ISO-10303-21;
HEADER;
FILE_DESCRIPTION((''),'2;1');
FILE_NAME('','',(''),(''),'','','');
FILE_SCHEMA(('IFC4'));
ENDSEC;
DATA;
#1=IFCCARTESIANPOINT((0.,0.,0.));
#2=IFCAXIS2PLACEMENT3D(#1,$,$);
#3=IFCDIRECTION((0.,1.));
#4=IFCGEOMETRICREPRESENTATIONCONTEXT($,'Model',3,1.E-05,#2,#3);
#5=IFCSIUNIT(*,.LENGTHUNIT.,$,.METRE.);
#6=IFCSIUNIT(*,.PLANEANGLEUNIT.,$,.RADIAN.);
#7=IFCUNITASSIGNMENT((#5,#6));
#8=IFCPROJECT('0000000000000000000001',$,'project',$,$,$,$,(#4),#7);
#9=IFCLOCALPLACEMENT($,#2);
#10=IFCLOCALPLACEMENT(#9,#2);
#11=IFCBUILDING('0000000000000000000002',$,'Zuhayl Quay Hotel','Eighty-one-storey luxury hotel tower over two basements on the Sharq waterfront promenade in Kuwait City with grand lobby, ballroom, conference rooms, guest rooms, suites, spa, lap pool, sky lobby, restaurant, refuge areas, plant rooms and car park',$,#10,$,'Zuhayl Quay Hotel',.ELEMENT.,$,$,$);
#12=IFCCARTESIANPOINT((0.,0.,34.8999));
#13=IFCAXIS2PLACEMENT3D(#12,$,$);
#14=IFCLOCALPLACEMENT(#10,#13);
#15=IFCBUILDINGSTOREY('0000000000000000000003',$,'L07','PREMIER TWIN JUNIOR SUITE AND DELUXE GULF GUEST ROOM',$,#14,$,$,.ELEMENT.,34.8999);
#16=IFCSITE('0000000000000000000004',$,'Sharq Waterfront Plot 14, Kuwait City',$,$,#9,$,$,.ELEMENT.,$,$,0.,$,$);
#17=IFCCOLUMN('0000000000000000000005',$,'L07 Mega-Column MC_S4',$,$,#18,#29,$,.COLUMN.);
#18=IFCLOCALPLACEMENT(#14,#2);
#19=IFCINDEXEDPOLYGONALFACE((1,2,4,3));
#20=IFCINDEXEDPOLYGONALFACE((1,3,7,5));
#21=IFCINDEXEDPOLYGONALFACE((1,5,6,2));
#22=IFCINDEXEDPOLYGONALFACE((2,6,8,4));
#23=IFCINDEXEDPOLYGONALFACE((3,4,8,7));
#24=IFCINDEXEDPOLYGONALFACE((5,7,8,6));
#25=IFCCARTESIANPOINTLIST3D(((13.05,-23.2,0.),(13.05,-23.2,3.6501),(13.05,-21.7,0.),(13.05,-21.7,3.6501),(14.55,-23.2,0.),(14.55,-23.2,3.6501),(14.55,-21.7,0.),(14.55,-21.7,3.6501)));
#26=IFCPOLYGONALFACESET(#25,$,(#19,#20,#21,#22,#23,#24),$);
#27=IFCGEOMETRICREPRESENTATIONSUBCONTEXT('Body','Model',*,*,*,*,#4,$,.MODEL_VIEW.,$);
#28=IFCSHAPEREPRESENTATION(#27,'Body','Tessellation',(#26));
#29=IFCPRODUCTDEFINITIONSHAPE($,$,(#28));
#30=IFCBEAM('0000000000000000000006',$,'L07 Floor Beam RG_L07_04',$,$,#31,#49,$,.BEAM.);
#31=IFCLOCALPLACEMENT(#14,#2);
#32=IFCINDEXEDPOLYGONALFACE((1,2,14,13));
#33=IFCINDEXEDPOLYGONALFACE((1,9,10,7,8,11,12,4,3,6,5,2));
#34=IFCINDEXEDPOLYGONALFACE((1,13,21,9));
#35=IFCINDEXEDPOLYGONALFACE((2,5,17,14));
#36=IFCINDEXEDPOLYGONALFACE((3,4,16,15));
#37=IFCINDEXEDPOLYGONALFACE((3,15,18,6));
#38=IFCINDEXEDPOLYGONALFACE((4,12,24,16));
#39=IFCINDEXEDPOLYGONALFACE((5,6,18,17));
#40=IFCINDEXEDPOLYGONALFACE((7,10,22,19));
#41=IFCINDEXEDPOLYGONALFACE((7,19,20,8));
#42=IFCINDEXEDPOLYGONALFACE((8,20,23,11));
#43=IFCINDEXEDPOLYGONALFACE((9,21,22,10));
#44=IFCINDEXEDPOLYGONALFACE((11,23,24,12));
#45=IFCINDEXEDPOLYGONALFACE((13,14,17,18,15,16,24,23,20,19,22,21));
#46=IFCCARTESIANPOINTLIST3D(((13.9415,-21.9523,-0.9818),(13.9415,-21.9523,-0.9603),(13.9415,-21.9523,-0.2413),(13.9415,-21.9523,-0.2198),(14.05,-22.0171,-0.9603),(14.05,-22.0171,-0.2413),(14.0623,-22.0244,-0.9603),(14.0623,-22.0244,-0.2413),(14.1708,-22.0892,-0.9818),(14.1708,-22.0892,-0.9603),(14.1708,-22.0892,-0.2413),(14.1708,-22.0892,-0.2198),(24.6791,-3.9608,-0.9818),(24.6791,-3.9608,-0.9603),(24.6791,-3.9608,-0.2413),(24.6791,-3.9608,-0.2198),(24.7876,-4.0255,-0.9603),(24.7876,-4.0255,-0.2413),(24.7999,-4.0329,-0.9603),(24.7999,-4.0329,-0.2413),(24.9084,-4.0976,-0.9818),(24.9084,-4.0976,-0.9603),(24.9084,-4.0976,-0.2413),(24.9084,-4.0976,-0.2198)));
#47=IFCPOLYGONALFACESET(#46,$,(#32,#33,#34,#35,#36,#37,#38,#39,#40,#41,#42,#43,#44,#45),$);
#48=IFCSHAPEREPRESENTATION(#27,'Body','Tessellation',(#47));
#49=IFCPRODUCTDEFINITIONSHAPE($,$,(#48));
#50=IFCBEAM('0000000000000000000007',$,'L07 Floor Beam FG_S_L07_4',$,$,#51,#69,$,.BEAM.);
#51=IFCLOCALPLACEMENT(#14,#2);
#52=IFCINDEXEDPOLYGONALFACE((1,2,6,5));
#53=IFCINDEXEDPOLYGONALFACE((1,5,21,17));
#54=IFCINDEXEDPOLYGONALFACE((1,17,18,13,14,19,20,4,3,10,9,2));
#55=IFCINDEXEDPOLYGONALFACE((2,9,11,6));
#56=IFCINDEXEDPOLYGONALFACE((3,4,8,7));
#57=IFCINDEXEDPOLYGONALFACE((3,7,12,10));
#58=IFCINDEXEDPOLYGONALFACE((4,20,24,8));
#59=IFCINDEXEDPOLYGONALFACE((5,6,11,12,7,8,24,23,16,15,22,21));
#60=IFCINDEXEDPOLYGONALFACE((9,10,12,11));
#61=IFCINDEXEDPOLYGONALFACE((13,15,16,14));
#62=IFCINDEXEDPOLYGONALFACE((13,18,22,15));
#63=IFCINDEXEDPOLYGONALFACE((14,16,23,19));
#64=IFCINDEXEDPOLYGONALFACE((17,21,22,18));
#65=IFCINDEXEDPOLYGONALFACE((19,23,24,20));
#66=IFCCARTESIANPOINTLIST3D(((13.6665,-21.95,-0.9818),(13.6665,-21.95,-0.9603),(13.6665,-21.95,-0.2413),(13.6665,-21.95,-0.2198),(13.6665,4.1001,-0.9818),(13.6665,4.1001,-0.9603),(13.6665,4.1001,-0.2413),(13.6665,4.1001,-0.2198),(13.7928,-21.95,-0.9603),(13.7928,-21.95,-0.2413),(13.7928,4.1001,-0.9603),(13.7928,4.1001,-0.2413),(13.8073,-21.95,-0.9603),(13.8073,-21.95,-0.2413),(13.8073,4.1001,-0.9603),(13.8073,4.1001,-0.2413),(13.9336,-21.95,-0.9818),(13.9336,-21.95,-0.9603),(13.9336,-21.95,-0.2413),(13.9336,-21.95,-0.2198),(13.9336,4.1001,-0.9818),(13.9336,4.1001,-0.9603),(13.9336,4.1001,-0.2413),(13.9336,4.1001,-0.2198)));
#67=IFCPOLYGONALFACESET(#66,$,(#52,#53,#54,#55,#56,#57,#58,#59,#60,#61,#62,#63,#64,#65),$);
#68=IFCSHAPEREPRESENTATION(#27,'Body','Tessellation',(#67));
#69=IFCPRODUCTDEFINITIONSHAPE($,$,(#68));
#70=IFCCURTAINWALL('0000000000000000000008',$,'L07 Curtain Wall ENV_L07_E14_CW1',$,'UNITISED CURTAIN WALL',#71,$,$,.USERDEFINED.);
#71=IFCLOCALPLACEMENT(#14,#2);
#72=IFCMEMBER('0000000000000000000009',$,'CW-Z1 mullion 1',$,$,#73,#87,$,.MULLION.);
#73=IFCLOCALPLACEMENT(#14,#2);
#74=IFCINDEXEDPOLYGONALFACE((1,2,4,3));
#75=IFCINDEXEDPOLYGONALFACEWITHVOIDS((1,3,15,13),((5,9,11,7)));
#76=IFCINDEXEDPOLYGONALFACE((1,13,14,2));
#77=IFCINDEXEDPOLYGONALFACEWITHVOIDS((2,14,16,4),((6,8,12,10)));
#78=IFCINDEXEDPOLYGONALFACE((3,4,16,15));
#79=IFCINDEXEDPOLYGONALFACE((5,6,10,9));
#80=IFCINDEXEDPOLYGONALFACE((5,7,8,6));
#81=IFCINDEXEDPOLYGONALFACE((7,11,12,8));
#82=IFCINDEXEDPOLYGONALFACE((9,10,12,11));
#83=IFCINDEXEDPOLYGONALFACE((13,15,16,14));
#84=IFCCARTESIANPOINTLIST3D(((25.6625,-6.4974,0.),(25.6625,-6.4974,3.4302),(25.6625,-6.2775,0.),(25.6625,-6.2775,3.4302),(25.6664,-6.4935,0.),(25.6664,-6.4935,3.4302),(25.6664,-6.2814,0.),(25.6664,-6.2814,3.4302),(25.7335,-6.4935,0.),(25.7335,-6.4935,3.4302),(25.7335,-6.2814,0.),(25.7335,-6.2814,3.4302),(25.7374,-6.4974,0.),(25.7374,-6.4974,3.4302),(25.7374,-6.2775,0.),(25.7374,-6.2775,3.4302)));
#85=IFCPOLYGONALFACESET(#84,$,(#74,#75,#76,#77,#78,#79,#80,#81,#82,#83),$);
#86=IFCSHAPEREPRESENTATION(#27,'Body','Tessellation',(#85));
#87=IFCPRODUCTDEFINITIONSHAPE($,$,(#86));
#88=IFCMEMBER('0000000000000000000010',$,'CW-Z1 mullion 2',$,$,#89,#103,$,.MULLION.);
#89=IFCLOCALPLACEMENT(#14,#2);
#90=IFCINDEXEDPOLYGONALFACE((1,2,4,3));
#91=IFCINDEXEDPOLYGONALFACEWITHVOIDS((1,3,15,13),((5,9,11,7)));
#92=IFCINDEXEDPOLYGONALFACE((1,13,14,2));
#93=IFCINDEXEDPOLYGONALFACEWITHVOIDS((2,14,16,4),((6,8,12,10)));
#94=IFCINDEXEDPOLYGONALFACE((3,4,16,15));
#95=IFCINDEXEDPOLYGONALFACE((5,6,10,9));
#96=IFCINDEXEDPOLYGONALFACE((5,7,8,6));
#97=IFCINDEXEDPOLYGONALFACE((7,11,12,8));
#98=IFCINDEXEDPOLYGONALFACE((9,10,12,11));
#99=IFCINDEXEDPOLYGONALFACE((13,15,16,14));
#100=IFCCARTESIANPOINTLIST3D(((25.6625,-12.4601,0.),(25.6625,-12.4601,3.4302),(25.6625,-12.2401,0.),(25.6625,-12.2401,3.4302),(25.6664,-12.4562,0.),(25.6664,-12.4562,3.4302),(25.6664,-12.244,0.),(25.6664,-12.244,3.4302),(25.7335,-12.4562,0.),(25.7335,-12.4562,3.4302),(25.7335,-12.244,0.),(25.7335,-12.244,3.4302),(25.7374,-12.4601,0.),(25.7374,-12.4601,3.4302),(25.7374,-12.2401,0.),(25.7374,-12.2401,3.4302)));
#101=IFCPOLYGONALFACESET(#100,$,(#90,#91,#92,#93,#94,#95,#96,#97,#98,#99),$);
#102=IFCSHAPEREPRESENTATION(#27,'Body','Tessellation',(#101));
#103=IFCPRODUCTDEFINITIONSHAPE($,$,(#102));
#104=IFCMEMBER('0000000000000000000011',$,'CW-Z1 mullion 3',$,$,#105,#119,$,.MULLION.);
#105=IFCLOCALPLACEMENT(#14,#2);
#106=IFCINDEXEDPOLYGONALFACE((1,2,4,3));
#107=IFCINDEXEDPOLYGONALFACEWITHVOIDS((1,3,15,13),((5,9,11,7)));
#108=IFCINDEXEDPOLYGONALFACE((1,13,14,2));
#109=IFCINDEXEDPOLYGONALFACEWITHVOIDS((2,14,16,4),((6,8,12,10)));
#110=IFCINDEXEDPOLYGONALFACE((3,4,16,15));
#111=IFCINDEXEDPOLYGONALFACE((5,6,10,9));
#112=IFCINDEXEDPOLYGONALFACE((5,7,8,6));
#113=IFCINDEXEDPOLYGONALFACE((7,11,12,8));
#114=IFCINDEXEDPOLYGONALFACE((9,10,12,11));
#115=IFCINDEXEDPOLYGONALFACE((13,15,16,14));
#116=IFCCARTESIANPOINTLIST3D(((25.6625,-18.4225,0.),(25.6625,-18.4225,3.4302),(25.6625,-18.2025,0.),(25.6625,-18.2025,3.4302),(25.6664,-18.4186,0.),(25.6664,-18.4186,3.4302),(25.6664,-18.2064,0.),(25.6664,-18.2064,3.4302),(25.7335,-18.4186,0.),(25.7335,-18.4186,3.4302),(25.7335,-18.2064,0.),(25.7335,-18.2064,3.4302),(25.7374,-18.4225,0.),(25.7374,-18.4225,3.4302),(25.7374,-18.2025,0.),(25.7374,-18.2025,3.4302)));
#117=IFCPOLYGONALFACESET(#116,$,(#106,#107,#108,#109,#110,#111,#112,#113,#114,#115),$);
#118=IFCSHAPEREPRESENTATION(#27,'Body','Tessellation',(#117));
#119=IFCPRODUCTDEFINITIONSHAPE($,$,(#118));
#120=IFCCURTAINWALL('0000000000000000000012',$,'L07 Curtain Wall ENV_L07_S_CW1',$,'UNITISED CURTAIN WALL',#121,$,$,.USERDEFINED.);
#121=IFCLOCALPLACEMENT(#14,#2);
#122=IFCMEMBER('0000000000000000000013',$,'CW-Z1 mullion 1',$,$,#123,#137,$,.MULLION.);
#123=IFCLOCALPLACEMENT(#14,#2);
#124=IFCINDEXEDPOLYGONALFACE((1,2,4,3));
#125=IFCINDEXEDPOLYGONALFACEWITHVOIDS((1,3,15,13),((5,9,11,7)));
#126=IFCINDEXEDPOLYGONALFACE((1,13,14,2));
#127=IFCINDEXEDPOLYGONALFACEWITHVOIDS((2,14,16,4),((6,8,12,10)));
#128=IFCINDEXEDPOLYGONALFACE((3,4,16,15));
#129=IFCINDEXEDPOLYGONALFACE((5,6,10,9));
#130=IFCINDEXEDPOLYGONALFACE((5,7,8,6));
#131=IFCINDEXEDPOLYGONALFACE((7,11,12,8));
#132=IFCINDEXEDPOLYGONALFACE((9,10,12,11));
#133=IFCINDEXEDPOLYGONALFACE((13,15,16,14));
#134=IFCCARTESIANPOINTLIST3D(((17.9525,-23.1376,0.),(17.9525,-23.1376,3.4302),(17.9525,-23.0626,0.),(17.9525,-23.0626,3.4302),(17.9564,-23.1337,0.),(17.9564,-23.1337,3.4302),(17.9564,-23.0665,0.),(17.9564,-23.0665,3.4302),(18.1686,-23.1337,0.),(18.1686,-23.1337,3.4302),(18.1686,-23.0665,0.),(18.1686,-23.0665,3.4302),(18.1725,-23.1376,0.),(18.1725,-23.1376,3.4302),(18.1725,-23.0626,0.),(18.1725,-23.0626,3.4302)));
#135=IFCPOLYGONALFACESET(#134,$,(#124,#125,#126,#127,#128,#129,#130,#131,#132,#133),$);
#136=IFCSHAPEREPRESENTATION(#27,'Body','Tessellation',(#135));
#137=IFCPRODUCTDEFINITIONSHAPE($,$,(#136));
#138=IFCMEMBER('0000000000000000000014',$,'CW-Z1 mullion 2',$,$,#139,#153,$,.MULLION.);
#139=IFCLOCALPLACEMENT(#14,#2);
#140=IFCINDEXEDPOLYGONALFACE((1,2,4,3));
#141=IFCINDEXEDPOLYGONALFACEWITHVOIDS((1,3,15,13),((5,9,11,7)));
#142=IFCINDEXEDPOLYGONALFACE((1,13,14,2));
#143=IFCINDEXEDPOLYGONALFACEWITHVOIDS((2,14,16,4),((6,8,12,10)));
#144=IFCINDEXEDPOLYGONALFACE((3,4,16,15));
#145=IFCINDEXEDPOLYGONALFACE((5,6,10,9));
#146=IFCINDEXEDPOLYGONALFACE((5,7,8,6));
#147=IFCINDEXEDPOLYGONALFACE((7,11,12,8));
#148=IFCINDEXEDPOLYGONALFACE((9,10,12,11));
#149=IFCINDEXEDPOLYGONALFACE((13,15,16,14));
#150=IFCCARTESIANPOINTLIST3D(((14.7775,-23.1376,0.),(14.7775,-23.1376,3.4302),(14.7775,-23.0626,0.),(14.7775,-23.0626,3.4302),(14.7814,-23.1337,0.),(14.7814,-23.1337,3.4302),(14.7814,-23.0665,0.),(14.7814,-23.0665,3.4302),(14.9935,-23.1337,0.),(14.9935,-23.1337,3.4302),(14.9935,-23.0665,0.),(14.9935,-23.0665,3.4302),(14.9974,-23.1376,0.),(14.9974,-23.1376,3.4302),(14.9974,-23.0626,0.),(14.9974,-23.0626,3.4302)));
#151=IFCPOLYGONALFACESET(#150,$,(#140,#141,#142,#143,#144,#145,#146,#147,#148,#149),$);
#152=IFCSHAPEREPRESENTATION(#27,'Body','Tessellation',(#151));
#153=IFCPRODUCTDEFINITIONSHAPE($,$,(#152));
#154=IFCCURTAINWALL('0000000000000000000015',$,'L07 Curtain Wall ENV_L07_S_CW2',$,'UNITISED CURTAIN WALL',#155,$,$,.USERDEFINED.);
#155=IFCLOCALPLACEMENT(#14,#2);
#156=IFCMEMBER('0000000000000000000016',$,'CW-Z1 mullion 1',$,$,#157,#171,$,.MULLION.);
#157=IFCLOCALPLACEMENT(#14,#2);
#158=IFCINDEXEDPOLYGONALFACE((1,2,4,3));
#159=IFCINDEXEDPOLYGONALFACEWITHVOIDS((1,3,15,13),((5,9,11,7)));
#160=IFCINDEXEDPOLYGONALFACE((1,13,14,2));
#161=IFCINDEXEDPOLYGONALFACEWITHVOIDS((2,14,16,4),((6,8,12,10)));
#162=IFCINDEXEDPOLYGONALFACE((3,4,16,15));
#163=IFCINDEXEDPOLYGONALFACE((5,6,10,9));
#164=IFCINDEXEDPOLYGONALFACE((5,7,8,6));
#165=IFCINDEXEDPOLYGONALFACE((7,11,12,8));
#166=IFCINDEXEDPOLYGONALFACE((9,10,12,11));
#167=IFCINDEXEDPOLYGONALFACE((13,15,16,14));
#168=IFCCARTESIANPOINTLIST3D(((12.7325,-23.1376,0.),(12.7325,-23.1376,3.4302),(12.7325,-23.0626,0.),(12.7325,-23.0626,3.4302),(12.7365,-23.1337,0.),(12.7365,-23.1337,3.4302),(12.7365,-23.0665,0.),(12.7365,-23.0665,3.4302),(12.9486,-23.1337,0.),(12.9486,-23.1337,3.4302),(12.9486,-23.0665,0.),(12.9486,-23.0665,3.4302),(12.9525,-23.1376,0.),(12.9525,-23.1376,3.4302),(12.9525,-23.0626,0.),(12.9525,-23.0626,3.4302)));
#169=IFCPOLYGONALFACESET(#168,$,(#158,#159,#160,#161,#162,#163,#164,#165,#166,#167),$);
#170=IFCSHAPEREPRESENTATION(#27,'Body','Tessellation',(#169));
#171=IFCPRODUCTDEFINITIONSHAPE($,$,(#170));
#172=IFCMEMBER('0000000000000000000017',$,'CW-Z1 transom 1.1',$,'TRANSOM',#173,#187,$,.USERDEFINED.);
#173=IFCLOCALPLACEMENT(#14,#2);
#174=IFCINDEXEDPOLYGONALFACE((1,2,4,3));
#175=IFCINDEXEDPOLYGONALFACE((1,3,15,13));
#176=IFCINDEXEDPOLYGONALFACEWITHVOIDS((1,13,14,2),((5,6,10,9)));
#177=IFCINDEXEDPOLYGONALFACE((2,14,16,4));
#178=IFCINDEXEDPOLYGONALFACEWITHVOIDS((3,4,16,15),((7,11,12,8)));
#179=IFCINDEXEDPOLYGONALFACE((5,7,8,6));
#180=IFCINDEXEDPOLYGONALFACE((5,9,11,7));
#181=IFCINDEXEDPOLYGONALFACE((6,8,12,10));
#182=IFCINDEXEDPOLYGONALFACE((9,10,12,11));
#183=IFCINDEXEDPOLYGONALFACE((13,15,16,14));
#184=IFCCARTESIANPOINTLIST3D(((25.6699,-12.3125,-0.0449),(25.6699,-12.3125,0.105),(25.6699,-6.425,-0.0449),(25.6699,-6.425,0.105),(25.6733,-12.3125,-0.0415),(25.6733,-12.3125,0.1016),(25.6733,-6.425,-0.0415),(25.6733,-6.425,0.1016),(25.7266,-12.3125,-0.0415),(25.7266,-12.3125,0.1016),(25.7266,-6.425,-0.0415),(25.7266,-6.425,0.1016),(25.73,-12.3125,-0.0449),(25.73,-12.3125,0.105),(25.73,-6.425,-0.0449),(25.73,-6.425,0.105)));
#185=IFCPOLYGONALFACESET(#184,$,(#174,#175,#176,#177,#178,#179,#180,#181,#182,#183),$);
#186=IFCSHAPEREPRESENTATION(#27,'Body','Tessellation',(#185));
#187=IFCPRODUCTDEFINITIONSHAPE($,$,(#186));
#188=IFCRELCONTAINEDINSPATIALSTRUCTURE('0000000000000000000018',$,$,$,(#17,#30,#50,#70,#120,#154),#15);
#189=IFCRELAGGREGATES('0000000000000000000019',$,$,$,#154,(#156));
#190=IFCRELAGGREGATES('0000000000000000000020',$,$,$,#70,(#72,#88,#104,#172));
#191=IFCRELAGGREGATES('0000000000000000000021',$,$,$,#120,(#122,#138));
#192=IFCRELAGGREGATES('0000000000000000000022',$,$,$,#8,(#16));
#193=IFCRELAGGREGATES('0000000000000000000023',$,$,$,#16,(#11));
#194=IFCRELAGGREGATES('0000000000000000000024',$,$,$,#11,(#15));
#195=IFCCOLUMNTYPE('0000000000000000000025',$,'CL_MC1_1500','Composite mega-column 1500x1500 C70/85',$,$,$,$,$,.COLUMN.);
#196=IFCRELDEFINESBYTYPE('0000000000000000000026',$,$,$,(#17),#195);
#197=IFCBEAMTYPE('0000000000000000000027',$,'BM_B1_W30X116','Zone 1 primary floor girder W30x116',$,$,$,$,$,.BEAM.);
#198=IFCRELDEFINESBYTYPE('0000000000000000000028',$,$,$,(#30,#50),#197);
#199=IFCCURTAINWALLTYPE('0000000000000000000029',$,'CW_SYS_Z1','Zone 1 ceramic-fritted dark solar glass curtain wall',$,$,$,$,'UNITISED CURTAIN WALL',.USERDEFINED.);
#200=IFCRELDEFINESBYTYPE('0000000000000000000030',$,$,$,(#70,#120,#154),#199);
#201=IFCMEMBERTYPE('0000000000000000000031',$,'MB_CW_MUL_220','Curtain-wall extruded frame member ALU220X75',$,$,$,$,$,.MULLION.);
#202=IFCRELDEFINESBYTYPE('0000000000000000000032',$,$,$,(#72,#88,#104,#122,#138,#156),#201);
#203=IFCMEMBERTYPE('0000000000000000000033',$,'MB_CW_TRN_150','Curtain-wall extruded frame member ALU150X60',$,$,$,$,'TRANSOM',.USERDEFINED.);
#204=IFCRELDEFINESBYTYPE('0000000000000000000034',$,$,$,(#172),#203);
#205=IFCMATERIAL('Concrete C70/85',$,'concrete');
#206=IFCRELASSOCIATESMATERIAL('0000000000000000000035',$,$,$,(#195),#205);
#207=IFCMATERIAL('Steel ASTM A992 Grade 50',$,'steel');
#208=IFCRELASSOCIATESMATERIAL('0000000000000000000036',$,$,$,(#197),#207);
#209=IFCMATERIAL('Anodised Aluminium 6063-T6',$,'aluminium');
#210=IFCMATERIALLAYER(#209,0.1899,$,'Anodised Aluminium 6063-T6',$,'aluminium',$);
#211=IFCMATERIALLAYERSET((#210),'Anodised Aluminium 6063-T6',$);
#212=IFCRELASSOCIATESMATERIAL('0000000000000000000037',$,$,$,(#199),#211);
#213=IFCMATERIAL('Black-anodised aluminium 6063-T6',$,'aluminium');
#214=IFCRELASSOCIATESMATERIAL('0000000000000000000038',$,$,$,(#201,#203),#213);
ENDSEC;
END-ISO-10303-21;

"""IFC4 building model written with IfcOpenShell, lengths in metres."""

from ifc_helpers import new_model, si_unit, direction, frame, origin, origin_2d, place, context, subcontext, project, spatial, rectangle, hollow_rectangle, i_section, extrude, material, layer, layer_set, material_profile, profile_set, type_object, element, aggregate, save


model = new_model("IFC4")

# Units and contexts
model_context = context("Model", 3, precision=1e-05, world=origin(), true_north=direction((0.0, 1.0)))
body_context = subcontext(model_context, "Body", "Model", "MODEL_VIEW")
ifc_project = project(units=[si_unit("LENGTHUNIT", "METRE"), si_unit("PLANEANGLEUNIT", "RADIAN")], contexts=[model_context])

# Site, building, storey
site_placement = place(None, origin())
site = spatial("IfcSite", under=ifc_project, at=site_placement, Name="Sharq Waterfront Plot 14, Kuwait City", CompositionType="ELEMENT", RefElevation=0.0)
building_placement = place(site_placement, origin())
building = spatial("IfcBuilding", under=site, at=building_placement, Name="Zuhayl Quay Hotel", Description="Eighty-one-storey luxury hotel tower over two basements on the Sharq waterfront promenade in Kuwait City with grand lobby, ballroom, conference rooms, guest rooms, suites, spa, lap pool, sky lobby, restaurant, refuge areas, plant rooms and car park", LongName="Zuhayl Quay Hotel", CompositionType="ELEMENT")
storey_placement = place(building_placement, frame((0.0, 0.0, 34.8999)))
storey = spatial("IfcBuildingStorey", under=building, at=storey_placement, Name="L07", Description="PREMIER TWIN JUNIOR SUITE AND DELUXE GULF GUEST ROOM", CompositionType="ELEMENT", Elevation=34.8999)

# Column
ifc_material_1 = material(Name="Concrete C70/85", Category="concrete")
ifc_material_profile_1 = material_profile(ifc_material_1, rectangle(XDim=1.5, YDim=1.5, at=origin_2d()), Name="RC1500X1500")
ifc_profile_set_1 = profile_set([ifc_material_profile_1], Name="Concrete C70/85")
column_type = type_object("IfcColumnType", Name="CL_MC1_1500", Description="Composite mega-column 1500x1500 C70/85", PredefinedType="COLUMN", material=ifc_profile_set_1)
column_placement = place(storey_placement, frame((13.8, -22.45, 0.0), z_axis=(0.0, 0.0, 1.0), x_axis=(1.0, 0.0, 0.0)))
element("IfcColumn", 1, at=column_placement, inside=storey, type_object=column_type, Name="L07 Mega-Column MC_S4", PredefinedType="COLUMN", context=body_context, shape_type="SweptSolid", body=[
    extrude(rectangle(XDim=1.5, YDim=1.5, at=origin_2d()), origin(), (0.0, 0.0, 1.0), 3.6501),
])

# Beams
ifc_material_2 = material(Name="Steel ASTM A992 Grade 50", Category="steel")
ifc_material_profile_2 = material_profile(ifc_material_2, i_section(OverallWidth=0.2671, OverallDepth=0.762, WebThickness=0.0144, FlangeThickness=0.0215, at=origin_2d()), Name="W30X116")
ifc_profile_set_2 = profile_set([ifc_material_profile_2], Name="Steel ASTM A992 Grade 50")
beam_type = type_object("IfcBeamType", Name="BM_B1_W30X116", Description="Zone 1 primary floor girder W30x116", PredefinedType="BEAM", material=ifc_profile_set_2)
beam_1_placement = place(storey_placement, frame((14.0562, -22.0208, -0.6008), z_axis=(0.512483, 0.858698, 0.0), x_axis=(-0.858698, 0.512483, 0.0)))
element("IfcBeam", 2, at=beam_1_placement, inside=storey, type_object=beam_type, Name="L07 Floor Beam RG_L07_04", PredefinedType="BEAM", context=body_context, shape_type="SweptSolid", body=[
    extrude(i_section(OverallWidth=0.2671, OverallDepth=0.762, WebThickness=0.0144, FlangeThickness=0.0215, at=origin_2d()), origin(), (0.0, 0.0, 1.0), 20.9521),
])
beam_2_placement = place(storey_placement, frame((13.8, -21.95, -0.6008), z_axis=(0.0, 1.0, 0.0), x_axis=(-1.0, 0.0, 0.0)))
element("IfcBeam", 3, at=beam_2_placement, inside=storey, type_object=beam_type, Name="L07 Floor Beam FG_S_L07_4", PredefinedType="BEAM", context=body_context, shape_type="SweptSolid", body=[
    extrude(i_section(OverallWidth=0.2671, OverallDepth=0.762, WebThickness=0.0144, FlangeThickness=0.0215, at=origin_2d()), origin(), (0.0, 0.0, 1.0), 26.05),
])

# Curtain walls, members
ifc_material_3 = material(Name="Anodised Aluminium 6063-T6", Category="aluminium")
ifc_layer_1 = layer(ifc_material_3, 0.1899, Name="Anodised Aluminium 6063-T6", Category="aluminium")
ifc_layer_set_1 = layer_set([ifc_layer_1], Name="Anodised Aluminium 6063-T6")
curtain_wall_type = type_object("IfcCurtainWallType", Name="CW_SYS_Z1", Description="Zone 1 ceramic-fritted dark solar glass curtain wall", ElementType="UNITISED CURTAIN WALL", PredefinedType="USERDEFINED", material=ifc_layer_set_1)
curtain_wall_1_placement = place(storey_placement, origin())
curtain_wall_1 = element("IfcCurtainWall", 4, at=curtain_wall_1_placement, inside=storey, type_object=curtain_wall_type, Name="L07 Curtain Wall ENV_L07_E14_CW1", ObjectType="UNITISED CURTAIN WALL", PredefinedType="USERDEFINED")
ifc_material_4 = material(Name="Black-anodised aluminium 6063-T6", Category="aluminium")
ifc_material_profile_3 = material_profile(ifc_material_4, hollow_rectangle(XDim=0.075, YDim=0.22, WallThickness=0.0039, at=origin_2d()), Name="ALU220X75")
ifc_profile_set_3 = profile_set([ifc_material_profile_3], Name="Black-anodised aluminium 6063-T6")
member_type_1 = type_object("IfcMemberType", Name="MB_CW_MUL_220", Description="Curtain-wall extruded frame member ALU220X75", PredefinedType="MULLION", material=ifc_profile_set_3)
member_1_placement = place(storey_placement, frame((25.7, -6.3875, 0.0), z_axis=(0.0, 0.0, 1.0), x_axis=(1.0, 0.0, 0.0)))
member_1 = element("IfcMember", 5, at=member_1_placement, type_object=member_type_1, Name="CW-Z1 mullion 1", PredefinedType="MULLION", context=body_context, shape_type="SweptSolid", body=[
    extrude(hollow_rectangle(XDim=0.075, YDim=0.22, WallThickness=0.0039, at=origin_2d()), origin(), (0.0, 0.0, 1.0), 3.4302),
])
member_2_placement = place(storey_placement, frame((25.7, -12.3501, 0.0), z_axis=(0.0, 0.0, 1.0), x_axis=(1.0, 0.0, 0.0)))
member_2 = element("IfcMember", 6, at=member_2_placement, type_object=member_type_1, Name="CW-Z1 mullion 2", PredefinedType="MULLION", context=body_context, shape_type="SweptSolid", body=[
    extrude(hollow_rectangle(XDim=0.075, YDim=0.22, WallThickness=0.0039, at=origin_2d()), origin(), (0.0, 0.0, 1.0), 3.4302),
])
member_3_placement = place(storey_placement, frame((25.7, -18.3125, 0.0), z_axis=(0.0, 0.0, 1.0), x_axis=(1.0, 0.0, 0.0)))
member_3 = element("IfcMember", 7, at=member_3_placement, type_object=member_type_1, Name="CW-Z1 mullion 3", PredefinedType="MULLION", context=body_context, shape_type="SweptSolid", body=[
    extrude(hollow_rectangle(XDim=0.075, YDim=0.22, WallThickness=0.0039, at=origin_2d()), origin(), (0.0, 0.0, 1.0), 3.4302),
])
curtain_wall_2_placement = place(storey_placement, origin())
curtain_wall_2 = element("IfcCurtainWall", 8, at=curtain_wall_2_placement, inside=storey, type_object=curtain_wall_type, Name="L07 Curtain Wall ENV_L07_S_CW1", ObjectType="UNITISED CURTAIN WALL", PredefinedType="USERDEFINED")
member_4_placement = place(storey_placement, frame((18.0625, -23.1001, 0.0), z_axis=(0.0, 0.0, 1.0), x_axis=(0.0, -1.0, 0.0)))
member_4 = element("IfcMember", 9, at=member_4_placement, type_object=member_type_1, Name="CW-Z1 mullion 1", PredefinedType="MULLION", context=body_context, shape_type="SweptSolid", body=[
    extrude(hollow_rectangle(XDim=0.075, YDim=0.22, WallThickness=0.0039, at=origin_2d()), origin(), (0.0, 0.0, 1.0), 3.4302),
])
member_5_placement = place(storey_placement, frame((14.8875, -23.1001, 0.0), z_axis=(0.0, 0.0, 1.0), x_axis=(0.0, -1.0, 0.0)))
member_5 = element("IfcMember", 10, at=member_5_placement, type_object=member_type_1, Name="CW-Z1 mullion 2", PredefinedType="MULLION", context=body_context, shape_type="SweptSolid", body=[
    extrude(hollow_rectangle(XDim=0.075, YDim=0.22, WallThickness=0.0039, at=origin_2d()), origin(), (0.0, 0.0, 1.0), 3.4302),
])

# Curtain wall, member
curtain_wall_3_placement = place(storey_placement, origin())
curtain_wall_3 = element("IfcCurtainWall", 11, at=curtain_wall_3_placement, inside=storey, type_object=curtain_wall_type, Name="L07 Curtain Wall ENV_L07_S_CW2", ObjectType="UNITISED CURTAIN WALL", PredefinedType="USERDEFINED")
member_6_placement = place(storey_placement, frame((12.8425, -23.1001, 0.0), z_axis=(0.0, 0.0, 1.0), x_axis=(0.0, -1.0, 0.0)))
member_6 = element("IfcMember", 12, at=member_6_placement, type_object=member_type_1, Name="CW-Z1 mullion 1", PredefinedType="MULLION", context=body_context, shape_type="SweptSolid", body=[
    extrude(hollow_rectangle(XDim=0.075, YDim=0.22, WallThickness=0.0039, at=origin_2d()), origin(), (0.0, 0.0, 1.0), 3.4302),
])

# Member
ifc_material_profile_4 = material_profile(ifc_material_4, hollow_rectangle(XDim=0.0601, YDim=0.1499, WallThickness=0.0034, at=origin_2d()), Name="ALU150X60")
ifc_profile_set_4 = profile_set([ifc_material_profile_4], Name="Black-anodised aluminium 6063-T6")
member_type_2 = type_object("IfcMemberType", Name="MB_CW_TRN_150", Description="Curtain-wall extruded frame member ALU150X60", ElementType="TRANSOM", PredefinedType="USERDEFINED", material=ifc_profile_set_4)
member_7_placement = place(storey_placement, frame((25.7, -6.425, 0.03), z_axis=(0.0, -1.0, 0.0), x_axis=(1.0, 0.0, 0.0)))
member_7 = element("IfcMember", 13, at=member_7_placement, type_object=member_type_2, Name="CW-Z1 transom 1.1", ObjectType="TRANSOM", PredefinedType="USERDEFINED", context=body_context, shape_type="SweptSolid", body=[
    extrude(hollow_rectangle(XDim=0.0601, YDim=0.1499, WallThickness=0.0034, at=origin_2d()), origin(), (0.0, 0.0, 1.0), 5.8875),
])
aggregate(curtain_wall_3, [member_6])

aggregate(curtain_wall_1, [member_1, member_2, member_3, member_7])
aggregate(curtain_wall_2, [member_4, member_5])

save(model, "model.ifc")
